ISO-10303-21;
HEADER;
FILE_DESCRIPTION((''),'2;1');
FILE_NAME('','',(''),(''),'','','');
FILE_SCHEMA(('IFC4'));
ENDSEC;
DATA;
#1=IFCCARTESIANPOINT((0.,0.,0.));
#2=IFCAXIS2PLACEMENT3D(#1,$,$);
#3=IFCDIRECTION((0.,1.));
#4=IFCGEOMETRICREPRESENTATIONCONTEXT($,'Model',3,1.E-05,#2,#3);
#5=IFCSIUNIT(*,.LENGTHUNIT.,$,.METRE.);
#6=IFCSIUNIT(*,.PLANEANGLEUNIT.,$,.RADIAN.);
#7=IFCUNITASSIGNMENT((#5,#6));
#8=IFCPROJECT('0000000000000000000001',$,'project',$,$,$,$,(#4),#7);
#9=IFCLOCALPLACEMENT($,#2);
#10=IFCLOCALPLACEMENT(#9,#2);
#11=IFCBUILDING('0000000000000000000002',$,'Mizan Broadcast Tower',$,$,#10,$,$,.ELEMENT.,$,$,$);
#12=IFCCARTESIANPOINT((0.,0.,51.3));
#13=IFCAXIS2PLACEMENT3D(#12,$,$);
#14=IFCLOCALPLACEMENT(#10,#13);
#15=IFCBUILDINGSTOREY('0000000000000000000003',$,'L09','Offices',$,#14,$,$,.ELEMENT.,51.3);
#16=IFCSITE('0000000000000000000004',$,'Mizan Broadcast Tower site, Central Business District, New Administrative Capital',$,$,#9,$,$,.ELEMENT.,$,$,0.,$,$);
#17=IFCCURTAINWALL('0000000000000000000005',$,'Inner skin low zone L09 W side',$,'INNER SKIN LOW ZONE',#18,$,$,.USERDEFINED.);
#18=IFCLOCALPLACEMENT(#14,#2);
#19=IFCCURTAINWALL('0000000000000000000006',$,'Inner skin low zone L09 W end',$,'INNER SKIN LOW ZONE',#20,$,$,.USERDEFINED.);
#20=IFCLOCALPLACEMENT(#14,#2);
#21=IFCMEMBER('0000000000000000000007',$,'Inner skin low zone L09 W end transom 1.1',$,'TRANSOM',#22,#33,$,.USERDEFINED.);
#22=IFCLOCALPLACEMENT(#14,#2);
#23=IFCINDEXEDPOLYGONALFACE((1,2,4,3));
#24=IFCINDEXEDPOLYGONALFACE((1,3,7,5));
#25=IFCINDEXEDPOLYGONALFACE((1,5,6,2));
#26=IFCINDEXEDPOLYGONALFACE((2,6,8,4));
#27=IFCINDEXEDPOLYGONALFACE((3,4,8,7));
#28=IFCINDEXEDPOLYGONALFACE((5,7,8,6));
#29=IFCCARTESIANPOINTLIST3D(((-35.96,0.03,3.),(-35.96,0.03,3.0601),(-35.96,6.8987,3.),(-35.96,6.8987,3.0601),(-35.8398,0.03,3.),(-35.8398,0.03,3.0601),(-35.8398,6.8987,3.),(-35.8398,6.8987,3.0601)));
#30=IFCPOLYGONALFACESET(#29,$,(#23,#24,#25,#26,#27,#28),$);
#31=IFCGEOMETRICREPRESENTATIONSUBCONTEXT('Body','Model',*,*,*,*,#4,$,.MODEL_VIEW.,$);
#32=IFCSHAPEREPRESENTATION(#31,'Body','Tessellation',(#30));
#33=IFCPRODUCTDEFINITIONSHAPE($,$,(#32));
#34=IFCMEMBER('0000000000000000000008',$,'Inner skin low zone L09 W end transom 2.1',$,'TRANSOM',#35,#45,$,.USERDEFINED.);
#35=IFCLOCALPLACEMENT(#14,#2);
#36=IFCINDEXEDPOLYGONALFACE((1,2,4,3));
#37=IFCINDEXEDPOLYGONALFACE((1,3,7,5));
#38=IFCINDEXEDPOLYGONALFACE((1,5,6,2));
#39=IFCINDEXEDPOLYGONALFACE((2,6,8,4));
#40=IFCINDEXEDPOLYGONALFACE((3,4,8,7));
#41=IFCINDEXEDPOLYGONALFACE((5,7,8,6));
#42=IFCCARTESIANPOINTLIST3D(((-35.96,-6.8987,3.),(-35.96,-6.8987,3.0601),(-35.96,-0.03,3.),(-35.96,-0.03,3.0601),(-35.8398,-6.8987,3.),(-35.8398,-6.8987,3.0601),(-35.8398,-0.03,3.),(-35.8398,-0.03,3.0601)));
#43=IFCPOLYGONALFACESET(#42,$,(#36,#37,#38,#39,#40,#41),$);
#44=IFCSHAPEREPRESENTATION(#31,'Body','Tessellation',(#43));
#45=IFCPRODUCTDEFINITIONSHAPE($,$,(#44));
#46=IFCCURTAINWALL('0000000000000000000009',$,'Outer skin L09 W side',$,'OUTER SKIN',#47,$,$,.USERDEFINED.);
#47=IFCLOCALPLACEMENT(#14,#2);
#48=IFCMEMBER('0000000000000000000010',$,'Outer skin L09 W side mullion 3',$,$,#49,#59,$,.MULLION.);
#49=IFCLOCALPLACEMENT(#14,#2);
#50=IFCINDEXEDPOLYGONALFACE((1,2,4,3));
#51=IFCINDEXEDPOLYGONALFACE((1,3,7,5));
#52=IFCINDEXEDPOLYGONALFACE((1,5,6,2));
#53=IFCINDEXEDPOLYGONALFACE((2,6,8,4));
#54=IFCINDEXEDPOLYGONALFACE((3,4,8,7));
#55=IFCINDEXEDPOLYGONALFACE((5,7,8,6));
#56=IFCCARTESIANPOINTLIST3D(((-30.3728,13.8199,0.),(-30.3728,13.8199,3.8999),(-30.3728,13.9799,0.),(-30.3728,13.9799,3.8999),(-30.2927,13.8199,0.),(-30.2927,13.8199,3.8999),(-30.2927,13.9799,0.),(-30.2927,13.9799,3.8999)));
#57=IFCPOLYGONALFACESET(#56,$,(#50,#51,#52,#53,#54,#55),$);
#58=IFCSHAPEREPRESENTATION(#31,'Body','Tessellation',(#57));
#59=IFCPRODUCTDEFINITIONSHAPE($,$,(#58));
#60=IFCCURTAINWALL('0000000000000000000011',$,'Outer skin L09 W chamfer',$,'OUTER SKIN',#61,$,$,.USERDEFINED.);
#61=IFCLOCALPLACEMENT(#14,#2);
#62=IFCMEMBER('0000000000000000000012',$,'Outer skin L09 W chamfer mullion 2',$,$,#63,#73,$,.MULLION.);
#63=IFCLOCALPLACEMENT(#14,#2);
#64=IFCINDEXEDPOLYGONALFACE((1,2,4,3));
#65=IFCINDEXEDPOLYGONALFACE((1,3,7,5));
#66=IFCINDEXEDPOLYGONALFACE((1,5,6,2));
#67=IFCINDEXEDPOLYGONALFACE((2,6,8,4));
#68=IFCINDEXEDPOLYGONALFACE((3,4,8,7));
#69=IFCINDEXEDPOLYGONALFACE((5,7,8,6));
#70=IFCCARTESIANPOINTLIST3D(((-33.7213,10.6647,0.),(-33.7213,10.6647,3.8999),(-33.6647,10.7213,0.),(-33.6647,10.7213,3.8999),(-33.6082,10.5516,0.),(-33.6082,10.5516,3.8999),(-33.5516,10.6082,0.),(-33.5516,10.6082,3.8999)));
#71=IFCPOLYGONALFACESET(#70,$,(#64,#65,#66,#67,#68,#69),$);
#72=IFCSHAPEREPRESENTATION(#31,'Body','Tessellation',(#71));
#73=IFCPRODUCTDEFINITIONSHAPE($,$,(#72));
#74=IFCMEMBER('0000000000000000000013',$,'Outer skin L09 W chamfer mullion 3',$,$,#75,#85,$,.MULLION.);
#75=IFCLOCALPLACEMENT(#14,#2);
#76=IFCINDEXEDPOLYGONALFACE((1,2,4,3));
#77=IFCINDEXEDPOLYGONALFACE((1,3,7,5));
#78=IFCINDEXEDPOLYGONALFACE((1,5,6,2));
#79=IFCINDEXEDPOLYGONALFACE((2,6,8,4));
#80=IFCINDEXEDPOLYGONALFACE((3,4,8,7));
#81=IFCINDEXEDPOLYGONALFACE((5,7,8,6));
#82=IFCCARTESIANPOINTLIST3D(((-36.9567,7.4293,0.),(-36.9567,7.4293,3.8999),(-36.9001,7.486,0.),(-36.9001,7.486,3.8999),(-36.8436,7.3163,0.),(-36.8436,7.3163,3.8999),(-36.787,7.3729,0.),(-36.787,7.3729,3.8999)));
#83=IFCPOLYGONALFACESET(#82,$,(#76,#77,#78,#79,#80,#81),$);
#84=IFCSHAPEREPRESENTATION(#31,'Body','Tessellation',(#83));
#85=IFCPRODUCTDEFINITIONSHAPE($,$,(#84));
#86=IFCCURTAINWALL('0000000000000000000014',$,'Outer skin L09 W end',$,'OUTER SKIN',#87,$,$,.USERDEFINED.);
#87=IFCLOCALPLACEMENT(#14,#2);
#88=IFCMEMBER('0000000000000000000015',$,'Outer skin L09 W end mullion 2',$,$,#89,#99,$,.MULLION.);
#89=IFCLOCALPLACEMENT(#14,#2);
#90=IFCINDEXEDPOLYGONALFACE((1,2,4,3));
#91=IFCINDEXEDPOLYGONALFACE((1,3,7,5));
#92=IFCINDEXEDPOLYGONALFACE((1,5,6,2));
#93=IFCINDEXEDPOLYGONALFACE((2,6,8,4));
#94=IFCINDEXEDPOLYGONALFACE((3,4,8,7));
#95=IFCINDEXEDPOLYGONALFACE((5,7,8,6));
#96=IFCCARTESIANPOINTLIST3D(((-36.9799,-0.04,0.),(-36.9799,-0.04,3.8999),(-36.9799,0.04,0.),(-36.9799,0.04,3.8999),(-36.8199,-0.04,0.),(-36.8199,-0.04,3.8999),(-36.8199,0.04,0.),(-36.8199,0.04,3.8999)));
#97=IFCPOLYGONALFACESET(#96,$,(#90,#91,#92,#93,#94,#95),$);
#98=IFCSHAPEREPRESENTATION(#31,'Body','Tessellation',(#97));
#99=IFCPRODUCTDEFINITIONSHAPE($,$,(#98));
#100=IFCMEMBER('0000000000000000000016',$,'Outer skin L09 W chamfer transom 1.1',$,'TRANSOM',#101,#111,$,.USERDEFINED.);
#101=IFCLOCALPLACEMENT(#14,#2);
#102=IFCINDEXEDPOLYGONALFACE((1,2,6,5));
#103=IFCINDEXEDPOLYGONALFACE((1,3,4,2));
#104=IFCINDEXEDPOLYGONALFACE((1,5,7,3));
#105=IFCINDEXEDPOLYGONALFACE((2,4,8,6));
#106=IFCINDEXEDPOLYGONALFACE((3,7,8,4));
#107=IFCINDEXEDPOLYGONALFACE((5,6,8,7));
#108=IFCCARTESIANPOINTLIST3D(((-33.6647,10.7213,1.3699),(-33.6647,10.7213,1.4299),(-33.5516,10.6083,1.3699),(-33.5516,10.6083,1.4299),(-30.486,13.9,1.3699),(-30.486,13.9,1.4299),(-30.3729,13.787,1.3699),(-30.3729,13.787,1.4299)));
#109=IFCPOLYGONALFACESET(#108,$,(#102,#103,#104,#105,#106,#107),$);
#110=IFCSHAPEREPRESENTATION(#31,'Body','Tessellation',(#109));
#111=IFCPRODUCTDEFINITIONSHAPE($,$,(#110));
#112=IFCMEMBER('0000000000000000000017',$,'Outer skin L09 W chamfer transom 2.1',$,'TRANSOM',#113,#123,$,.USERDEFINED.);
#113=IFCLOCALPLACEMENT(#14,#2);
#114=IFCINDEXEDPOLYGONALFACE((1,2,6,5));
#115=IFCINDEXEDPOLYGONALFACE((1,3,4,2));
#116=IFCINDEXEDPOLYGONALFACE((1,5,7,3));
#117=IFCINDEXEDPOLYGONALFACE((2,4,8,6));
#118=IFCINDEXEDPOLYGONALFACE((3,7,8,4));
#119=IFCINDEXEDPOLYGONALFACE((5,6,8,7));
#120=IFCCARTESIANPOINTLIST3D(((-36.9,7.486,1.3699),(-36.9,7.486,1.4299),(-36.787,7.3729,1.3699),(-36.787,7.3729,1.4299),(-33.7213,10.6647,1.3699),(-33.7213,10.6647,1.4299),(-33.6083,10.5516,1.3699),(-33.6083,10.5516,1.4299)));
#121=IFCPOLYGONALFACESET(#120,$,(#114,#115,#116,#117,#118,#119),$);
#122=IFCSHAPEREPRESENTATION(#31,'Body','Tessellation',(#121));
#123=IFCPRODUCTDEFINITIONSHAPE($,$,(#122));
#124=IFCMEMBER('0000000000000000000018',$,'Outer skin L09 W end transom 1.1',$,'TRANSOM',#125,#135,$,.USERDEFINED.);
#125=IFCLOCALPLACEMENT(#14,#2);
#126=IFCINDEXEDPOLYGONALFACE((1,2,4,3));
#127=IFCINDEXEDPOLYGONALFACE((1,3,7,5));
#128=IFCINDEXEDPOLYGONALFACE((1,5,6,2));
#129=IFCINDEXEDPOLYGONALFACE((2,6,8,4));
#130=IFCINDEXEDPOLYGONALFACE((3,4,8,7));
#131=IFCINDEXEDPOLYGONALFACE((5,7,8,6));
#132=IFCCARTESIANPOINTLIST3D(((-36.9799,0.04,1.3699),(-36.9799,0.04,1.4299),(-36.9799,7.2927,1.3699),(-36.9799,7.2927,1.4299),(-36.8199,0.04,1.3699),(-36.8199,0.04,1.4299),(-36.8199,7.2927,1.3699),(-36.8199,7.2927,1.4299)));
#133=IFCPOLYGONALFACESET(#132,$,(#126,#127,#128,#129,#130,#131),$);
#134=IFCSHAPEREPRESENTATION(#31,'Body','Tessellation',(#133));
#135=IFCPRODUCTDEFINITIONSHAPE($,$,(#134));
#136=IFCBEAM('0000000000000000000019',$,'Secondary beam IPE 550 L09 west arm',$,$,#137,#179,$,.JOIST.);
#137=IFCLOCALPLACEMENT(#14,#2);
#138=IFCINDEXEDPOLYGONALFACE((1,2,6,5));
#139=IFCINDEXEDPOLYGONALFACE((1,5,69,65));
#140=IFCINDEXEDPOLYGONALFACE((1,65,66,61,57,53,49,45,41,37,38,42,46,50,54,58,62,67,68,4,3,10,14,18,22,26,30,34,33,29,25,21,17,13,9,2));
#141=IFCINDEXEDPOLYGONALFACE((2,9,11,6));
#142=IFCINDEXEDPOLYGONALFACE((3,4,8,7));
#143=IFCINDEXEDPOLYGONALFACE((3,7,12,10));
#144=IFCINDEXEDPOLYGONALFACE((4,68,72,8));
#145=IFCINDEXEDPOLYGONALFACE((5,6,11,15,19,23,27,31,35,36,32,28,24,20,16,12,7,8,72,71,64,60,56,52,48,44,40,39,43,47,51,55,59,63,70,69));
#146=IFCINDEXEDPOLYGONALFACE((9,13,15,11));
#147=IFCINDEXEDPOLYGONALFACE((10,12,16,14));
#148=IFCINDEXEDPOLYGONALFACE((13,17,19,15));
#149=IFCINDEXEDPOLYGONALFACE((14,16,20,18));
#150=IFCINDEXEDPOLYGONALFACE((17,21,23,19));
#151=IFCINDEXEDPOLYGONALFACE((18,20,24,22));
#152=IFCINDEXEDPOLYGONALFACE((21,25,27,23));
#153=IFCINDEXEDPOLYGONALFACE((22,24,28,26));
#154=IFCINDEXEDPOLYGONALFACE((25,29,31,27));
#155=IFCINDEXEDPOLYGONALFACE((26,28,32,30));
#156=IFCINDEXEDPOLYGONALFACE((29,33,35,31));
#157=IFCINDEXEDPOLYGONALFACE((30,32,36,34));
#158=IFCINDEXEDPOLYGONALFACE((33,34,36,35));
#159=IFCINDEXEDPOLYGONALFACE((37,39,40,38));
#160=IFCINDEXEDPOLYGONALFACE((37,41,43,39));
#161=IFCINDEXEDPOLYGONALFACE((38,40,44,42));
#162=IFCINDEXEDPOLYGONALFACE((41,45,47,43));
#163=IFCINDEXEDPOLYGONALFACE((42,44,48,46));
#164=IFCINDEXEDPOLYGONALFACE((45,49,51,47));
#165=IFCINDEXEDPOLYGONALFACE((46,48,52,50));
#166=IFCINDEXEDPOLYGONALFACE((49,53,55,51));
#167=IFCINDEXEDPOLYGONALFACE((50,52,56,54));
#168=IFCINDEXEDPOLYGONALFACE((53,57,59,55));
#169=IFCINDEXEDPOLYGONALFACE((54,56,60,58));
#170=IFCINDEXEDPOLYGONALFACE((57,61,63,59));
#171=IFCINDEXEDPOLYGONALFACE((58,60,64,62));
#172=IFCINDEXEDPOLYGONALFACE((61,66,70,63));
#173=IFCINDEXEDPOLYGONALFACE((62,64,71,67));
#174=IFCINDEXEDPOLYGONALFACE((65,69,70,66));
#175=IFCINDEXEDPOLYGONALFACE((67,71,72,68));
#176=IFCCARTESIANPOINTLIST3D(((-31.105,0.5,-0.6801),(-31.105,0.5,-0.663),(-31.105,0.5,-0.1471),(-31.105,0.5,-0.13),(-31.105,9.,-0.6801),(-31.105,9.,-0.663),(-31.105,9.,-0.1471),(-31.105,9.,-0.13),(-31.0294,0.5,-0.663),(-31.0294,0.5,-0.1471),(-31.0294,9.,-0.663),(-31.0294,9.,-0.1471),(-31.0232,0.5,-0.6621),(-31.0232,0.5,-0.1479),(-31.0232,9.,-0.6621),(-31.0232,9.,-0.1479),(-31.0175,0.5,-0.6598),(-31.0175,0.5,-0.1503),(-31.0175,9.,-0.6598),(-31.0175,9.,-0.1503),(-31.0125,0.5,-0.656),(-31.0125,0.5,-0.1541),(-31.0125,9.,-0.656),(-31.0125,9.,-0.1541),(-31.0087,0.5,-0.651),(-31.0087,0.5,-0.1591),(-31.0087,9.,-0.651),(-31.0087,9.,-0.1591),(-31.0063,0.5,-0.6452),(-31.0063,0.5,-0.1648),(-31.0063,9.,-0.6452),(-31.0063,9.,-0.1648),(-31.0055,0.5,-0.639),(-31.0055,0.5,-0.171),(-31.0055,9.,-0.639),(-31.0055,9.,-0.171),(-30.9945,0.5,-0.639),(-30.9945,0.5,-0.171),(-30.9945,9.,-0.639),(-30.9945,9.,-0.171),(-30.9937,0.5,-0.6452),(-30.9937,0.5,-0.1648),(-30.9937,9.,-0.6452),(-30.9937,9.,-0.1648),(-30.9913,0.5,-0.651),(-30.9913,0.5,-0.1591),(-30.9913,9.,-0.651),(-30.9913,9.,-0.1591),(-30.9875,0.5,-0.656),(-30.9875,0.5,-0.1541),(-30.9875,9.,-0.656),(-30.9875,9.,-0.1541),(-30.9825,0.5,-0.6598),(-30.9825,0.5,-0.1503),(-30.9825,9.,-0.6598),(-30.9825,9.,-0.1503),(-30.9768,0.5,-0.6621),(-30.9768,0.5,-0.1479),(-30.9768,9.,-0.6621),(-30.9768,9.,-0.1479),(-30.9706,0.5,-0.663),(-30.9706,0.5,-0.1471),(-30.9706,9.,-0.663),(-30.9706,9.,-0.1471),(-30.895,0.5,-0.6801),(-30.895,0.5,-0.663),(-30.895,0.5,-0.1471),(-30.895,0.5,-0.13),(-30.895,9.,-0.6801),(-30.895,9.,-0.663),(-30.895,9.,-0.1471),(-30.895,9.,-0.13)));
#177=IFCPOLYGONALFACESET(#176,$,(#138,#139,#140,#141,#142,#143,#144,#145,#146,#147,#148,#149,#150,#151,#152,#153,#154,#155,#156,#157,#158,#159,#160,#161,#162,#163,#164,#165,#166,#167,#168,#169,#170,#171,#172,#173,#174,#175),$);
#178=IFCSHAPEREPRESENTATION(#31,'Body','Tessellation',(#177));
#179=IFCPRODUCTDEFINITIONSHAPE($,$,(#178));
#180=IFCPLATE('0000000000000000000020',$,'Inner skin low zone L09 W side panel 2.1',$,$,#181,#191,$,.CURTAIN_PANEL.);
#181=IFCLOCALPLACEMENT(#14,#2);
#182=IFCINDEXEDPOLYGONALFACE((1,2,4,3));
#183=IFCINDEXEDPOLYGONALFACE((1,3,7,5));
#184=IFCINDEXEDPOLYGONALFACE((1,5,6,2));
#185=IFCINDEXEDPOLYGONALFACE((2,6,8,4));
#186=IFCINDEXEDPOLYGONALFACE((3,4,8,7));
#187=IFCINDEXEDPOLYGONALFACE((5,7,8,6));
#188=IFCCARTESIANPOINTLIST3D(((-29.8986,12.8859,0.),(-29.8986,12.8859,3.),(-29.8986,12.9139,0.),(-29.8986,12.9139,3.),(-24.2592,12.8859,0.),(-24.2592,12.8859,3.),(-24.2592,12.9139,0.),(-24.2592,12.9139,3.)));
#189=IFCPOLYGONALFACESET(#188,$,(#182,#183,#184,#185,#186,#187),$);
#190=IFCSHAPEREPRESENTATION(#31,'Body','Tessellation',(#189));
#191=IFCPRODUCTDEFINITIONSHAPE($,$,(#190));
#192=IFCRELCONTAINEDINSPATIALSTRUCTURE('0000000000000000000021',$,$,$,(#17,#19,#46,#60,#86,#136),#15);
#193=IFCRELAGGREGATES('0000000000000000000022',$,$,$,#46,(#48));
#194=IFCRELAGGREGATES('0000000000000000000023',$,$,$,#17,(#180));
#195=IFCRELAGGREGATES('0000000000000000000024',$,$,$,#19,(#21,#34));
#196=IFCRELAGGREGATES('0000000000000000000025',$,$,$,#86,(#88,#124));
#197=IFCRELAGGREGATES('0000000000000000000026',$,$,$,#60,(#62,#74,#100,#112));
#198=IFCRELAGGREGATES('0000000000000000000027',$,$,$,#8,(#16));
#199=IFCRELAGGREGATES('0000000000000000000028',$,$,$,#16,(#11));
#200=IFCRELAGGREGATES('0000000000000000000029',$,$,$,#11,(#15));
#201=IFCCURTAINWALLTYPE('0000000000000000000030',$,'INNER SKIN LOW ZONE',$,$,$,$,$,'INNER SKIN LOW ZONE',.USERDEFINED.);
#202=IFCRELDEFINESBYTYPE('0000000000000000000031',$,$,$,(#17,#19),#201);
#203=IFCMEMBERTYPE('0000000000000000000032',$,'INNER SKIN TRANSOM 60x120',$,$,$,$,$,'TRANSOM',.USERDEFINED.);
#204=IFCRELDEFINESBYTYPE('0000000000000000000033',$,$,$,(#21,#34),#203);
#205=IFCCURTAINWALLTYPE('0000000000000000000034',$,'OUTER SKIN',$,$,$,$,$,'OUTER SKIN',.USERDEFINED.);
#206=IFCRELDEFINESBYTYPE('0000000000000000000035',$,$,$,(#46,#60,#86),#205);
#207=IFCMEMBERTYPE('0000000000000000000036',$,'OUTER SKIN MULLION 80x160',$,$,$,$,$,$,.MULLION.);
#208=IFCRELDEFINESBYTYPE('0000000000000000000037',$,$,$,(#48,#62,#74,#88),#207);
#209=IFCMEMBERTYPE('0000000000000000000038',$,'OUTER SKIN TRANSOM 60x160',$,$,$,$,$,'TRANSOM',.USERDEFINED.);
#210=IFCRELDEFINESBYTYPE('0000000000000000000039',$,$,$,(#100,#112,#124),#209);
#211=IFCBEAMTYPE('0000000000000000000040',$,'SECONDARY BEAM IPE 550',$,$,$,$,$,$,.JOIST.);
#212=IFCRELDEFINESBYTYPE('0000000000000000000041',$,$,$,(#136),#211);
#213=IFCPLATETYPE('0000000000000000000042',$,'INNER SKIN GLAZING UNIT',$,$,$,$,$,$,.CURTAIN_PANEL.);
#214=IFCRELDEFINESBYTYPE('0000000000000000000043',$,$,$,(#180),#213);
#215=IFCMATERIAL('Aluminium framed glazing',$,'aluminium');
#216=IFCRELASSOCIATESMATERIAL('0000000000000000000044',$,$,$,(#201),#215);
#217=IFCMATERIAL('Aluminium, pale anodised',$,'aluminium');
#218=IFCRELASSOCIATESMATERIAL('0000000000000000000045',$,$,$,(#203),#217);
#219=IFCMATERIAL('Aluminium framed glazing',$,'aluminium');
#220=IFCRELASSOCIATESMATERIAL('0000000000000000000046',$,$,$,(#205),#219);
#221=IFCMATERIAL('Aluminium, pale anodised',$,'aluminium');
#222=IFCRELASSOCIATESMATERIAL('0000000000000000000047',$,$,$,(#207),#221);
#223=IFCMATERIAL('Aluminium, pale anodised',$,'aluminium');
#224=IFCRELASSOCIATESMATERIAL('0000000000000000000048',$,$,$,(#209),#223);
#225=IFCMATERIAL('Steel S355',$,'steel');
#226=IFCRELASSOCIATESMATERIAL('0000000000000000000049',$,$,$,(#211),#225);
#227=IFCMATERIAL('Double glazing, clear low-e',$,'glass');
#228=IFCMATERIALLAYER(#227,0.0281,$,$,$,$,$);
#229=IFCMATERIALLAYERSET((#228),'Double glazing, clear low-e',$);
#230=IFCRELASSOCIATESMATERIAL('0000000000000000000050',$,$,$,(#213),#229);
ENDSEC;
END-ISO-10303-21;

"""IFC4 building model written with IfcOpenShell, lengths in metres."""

from ifc_helpers import new_model, si_unit, direction, frame, origin, origin_2d, place, context, subcontext, project, spatial, rectangle, i_section, extrude, material, layer, layer_set, material_profile, profile_set, type_object, element, aggregate, save


model = new_model("IFC4")

# Units and contexts
model_context = context("Model", 3, precision=1e-05, world=origin(), true_north=direction((0.0, 1.0)))
body_context = subcontext(model_context, "Body", "Model", "MODEL_VIEW")
ifc_project = project(units=[si_unit("LENGTHUNIT", "METRE"), si_unit("PLANEANGLEUNIT", "RADIAN")], contexts=[model_context])

# Site, building, storey
site_placement = place(None, origin())
site = spatial("IfcSite", under=ifc_project, at=site_placement, Name="Mizan Broadcast Tower site, Central Business District, New Administrative Capital", CompositionType="ELEMENT", RefElevation=0.0)
building_placement = place(site_placement, origin())
building = spatial("IfcBuilding", under=site, at=building_placement, Name="Mizan Broadcast Tower", CompositionType="ELEMENT")
storey_placement = place(building_placement, frame((0.0, 0.0, 51.3)))
storey = spatial("IfcBuildingStorey", under=building, at=storey_placement, Name="L09", Description="Offices", CompositionType="ELEMENT", Elevation=51.3)

# Curtain walls
ifc_material_1 = material(Name="Aluminium framed glazing", Category="aluminium")
curtain_wall_type_1 = type_object("IfcCurtainWallType", Name="INNER SKIN LOW ZONE", ElementType="INNER SKIN LOW ZONE", PredefinedType="USERDEFINED", material=ifc_material_1)
curtain_wall_1_placement = place(storey_placement, origin())
curtain_wall_1 = element("IfcCurtainWall", 1, at=curtain_wall_1_placement, inside=storey, type_object=curtain_wall_type_1, Name="Inner skin low zone L09 W side", ObjectType="INNER SKIN LOW ZONE", PredefinedType="USERDEFINED")
curtain_wall_2_placement = place(storey_placement, origin())
curtain_wall_2 = element("IfcCurtainWall", 2, at=curtain_wall_2_placement, inside=storey, type_object=curtain_wall_type_1, Name="Inner skin low zone L09 W end", ObjectType="INNER SKIN LOW ZONE", PredefinedType="USERDEFINED")

# Members
ifc_material_2 = material(Name="Aluminium, pale anodised", Category="aluminium")
ifc_material_profile_1 = material_profile(ifc_material_2, rectangle(XDim=0.1201, YDim=0.0601, at=origin_2d()), Name="TRANSOM 120x60")
ifc_profile_set_1 = profile_set([ifc_material_profile_1], Name="Aluminium, pale anodised")
member_type_1 = type_object("IfcMemberType", Name="INNER SKIN TRANSOM 60x120", ElementType="TRANSOM", PredefinedType="USERDEFINED", material=ifc_profile_set_1)
member_1_placement = place(storey_placement, frame((-35.8999, 6.8987, 3.03), z_axis=(0.0, -1.0, 0.0), x_axis=(1.0, 0.0, 0.0)))
member_1 = element("IfcMember", 3, at=member_1_placement, type_object=member_type_1, Name="Inner skin low zone L09 W end transom 1.1", ObjectType="TRANSOM", PredefinedType="USERDEFINED", context=body_context, shape_type="SweptSolid", body=[
    extrude(rectangle(XDim=0.1201, YDim=0.0601, at=origin_2d()), origin(), (0.0, 0.0, 1.0), 6.8687),
])
member_2_placement = place(storey_placement, frame((-35.8999, -0.03, 3.03), z_axis=(0.0, -1.0, 0.0), x_axis=(1.0, 0.0, 0.0)))
member_2 = element("IfcMember", 4, at=member_2_placement, type_object=member_type_1, Name="Inner skin low zone L09 W end transom 2.1", ObjectType="TRANSOM", PredefinedType="USERDEFINED", context=body_context, shape_type="SweptSolid", body=[
    extrude(rectangle(XDim=0.1201, YDim=0.0601, at=origin_2d()), origin(), (0.0, 0.0, 1.0), 6.8687),
])

# Curtain wall, member
ifc_material_3 = material(Name="Aluminium framed glazing", Category="aluminium")
curtain_wall_type_2 = type_object("IfcCurtainWallType", Name="OUTER SKIN", ElementType="OUTER SKIN", PredefinedType="USERDEFINED", material=ifc_material_3)
curtain_wall_3_placement = place(storey_placement, origin())
curtain_wall_3 = element("IfcCurtainWall", 5, at=curtain_wall_3_placement, inside=storey, type_object=curtain_wall_type_2, Name="Outer skin L09 W side", ObjectType="OUTER SKIN", PredefinedType="USERDEFINED")
ifc_material_4 = material(Name="Aluminium, pale anodised", Category="aluminium")
ifc_material_profile_2 = material_profile(ifc_material_4, rectangle(XDim=0.1599, YDim=0.0801, at=origin_2d()), Name="MULLION 160x80")
ifc_profile_set_2 = profile_set([ifc_material_profile_2], Name="Aluminium, pale anodised")
member_type_2 = type_object("IfcMemberType", Name="OUTER SKIN MULLION 80x160", PredefinedType="MULLION", material=ifc_profile_set_2)
member_3_placement = place(storey_placement, frame((-30.3328, 13.8999, 0.0), z_axis=(0.0, 0.0, 1.0), x_axis=(0.0, -1.0, 0.0)))
member_3 = element("IfcMember", 6, at=member_3_placement, type_object=member_type_2, Name="Outer skin L09 W side mullion 3", PredefinedType="MULLION", context=body_context, shape_type="SweptSolid", body=[
    extrude(rectangle(XDim=0.1599, YDim=0.0801, at=origin_2d()), origin(), (0.0, 0.0, 1.0), 3.8999),
])
aggregate(curtain_wall_3, [member_3])

# Curtain wall, members
curtain_wall_4_placement = place(storey_placement, origin())
curtain_wall_4 = element("IfcCurtainWall", 7, at=curtain_wall_4_placement, inside=storey, type_object=curtain_wall_type_2, Name="Outer skin L09 W chamfer", ObjectType="OUTER SKIN", PredefinedType="USERDEFINED")
member_4_placement = place(storey_placement, frame((-33.6365, 10.6365, 0.0), z_axis=(0.0, 0.0, 1.0), x_axis=(0.707107, -0.707107, 0.0)))
member_4 = element("IfcMember", 8, at=member_4_placement, type_object=member_type_2, Name="Outer skin L09 W chamfer mullion 2", PredefinedType="MULLION", context=body_context, shape_type="SweptSolid", body=[
    extrude(rectangle(XDim=0.1599, YDim=0.0801, at=origin_2d()), origin(), (0.0, 0.0, 1.0), 3.8999),
])
member_5_placement = place(storey_placement, frame((-36.8718, 7.4011, 0.0), z_axis=(0.0, 0.0, 1.0), x_axis=(0.707107, -0.707107, 0.0)))
member_5 = element("IfcMember", 9, at=member_5_placement, type_object=member_type_2, Name="Outer skin L09 W chamfer mullion 3", PredefinedType="MULLION", context=body_context, shape_type="SweptSolid", body=[
    extrude(rectangle(XDim=0.1599, YDim=0.0801, at=origin_2d()), origin(), (0.0, 0.0, 1.0), 3.8999),
])

# Curtain wall, member
curtain_wall_5_placement = place(storey_placement, origin())
curtain_wall_5 = element("IfcCurtainWall", 10, at=curtain_wall_5_placement, inside=storey, type_object=curtain_wall_type_2, Name="Outer skin L09 W end", ObjectType="OUTER SKIN", PredefinedType="USERDEFINED")
member_6_placement = place(storey_placement, frame((-36.8999, 0.0, 0.0), z_axis=(0.0, 0.0, 1.0), x_axis=(1.0, 0.0, 0.0)))
member_6 = element("IfcMember", 11, at=member_6_placement, type_object=member_type_2, Name="Outer skin L09 W end mullion 2", PredefinedType="MULLION", context=body_context, shape_type="SweptSolid", body=[
    extrude(rectangle(XDim=0.1599, YDim=0.0801, at=origin_2d()), origin(), (0.0, 0.0, 1.0), 3.8999),
])

# Members
ifc_material_5 = material(Name="Aluminium, pale anodised", Category="aluminium")
ifc_material_profile_3 = material_profile(ifc_material_5, rectangle(XDim=0.1599, YDim=0.0601, at=origin_2d()), Name="TRANSOM 160x60")
ifc_profile_set_3 = profile_set([ifc_material_profile_3], Name="Aluminium, pale anodised")
member_type_3 = type_object("IfcMemberType", Name="OUTER SKIN TRANSOM 60x160", ElementType="TRANSOM", PredefinedType="USERDEFINED", material=ifc_profile_set_3)
member_7_placement = place(storey_placement, frame((-30.4294, 13.8435, 1.3999), z_axis=(-0.707107, -0.707107, 0.0), x_axis=(0.707107, -0.707107, 0.0)))
member_7 = element("IfcMember", 12, at=member_7_placement, type_object=member_type_3, Name="Outer skin L09 W chamfer transom 1.1", ObjectType="TRANSOM", PredefinedType="USERDEFINED", context=body_context, shape_type="SweptSolid", body=[
    extrude(rectangle(XDim=0.1599, YDim=0.0601, at=origin_2d()), origin(), (0.0, 0.0, 1.0), 4.4954),
])
member_8_placement = place(storey_placement, frame((-33.6648, 10.6082, 1.3999), z_axis=(-0.707107, -0.707107, 0.0), x_axis=(0.707107, -0.707107, 0.0)))
member_8 = element("IfcMember", 13, at=member_8_placement, type_object=member_type_3, Name="Outer skin L09 W chamfer transom 2.1", ObjectType="TRANSOM", PredefinedType="USERDEFINED", context=body_context, shape_type="SweptSolid", body=[
    extrude(rectangle(XDim=0.1599, YDim=0.0601, at=origin_2d()), origin(), (0.0, 0.0, 1.0), 4.4954),
])
member_9_placement = place(storey_placement, frame((-36.8999, 7.2927, 1.3999), z_axis=(0.0, -1.0, 0.0), x_axis=(1.0, 0.0, 0.0)))
member_9 = element("IfcMember", 14, at=member_9_placement, type_object=member_type_3, Name="Outer skin L09 W end transom 1.1", ObjectType="TRANSOM", PredefinedType="USERDEFINED", context=body_context, shape_type="SweptSolid", body=[
    extrude(rectangle(XDim=0.1599, YDim=0.0601, at=origin_2d()), origin(), (0.0, 0.0, 1.0), 7.2527),
])

# Beam
ifc_material_6 = material(Name="Steel S355", Category="steel")
ifc_material_profile_4 = material_profile(ifc_material_6, i_section(OverallWidth=0.21, OverallDepth=0.55, WebThickness=0.011, FlangeThickness=0.0171, FilletRadius=0.0239, at=origin_2d()), Name="IPE 550")
ifc_profile_set_4 = profile_set([ifc_material_profile_4], Name="Steel S355")
beam_type_1 = type_object("IfcBeamType", Name="SECONDARY BEAM IPE 550", PredefinedType="JOIST", material=ifc_profile_set_4)
beam_1_placement = place(storey_placement, frame((-31.0, 9.0, -0.405), z_axis=(0.0, -1.0, 0.0), x_axis=(1.0, 0.0, 0.0)))
element("IfcBeam", 15, at=beam_1_placement, inside=storey, type_object=beam_type_1, Name="Secondary beam IPE 550 L09 west arm", PredefinedType="JOIST", context=body_context, shape_type="SweptSolid", body=[
    extrude(i_section(OverallWidth=0.21, OverallDepth=0.55, WebThickness=0.011, FlangeThickness=0.0171, FilletRadius=0.0239, at=origin_2d()), origin(), (0.0, 0.0, 1.0), 8.5),
])

# Plate
ifc_material_7 = material(Name="Double glazing, clear low-e", Category="glass")
ifc_layer_1 = layer(ifc_material_7, 0.0281)
ifc_layer_set_1 = layer_set([ifc_layer_1], Name="Double glazing, clear low-e")
plate_type_1 = type_object("IfcPlateType", Name="INNER SKIN GLAZING UNIT", PredefinedType="CURTAIN_PANEL", material=ifc_layer_set_1)
plate_1_placement = place(storey_placement, frame((-27.0789, 12.8999, 0.0), z_axis=(0.0, 0.0, 1.0), x_axis=(-1.0, 0.0, 0.0)))
plate_1 = element("IfcPlate", 16, at=plate_1_placement, type_object=plate_type_1, Name="Inner skin low zone L09 W side panel 2.1", PredefinedType="CURTAIN_PANEL", context=body_context, shape_type="SweptSolid", body=[
    extrude(rectangle(XDim=5.6394, YDim=0.0281, at=origin_2d()), origin(), (0.0, 0.0, 1.0), 3.0),
])
aggregate(curtain_wall_1, [plate_1])
aggregate(curtain_wall_2, [member_1, member_2])
aggregate(curtain_wall_5, [member_6, member_9])
aggregate(curtain_wall_4, [member_4, member_5, member_7, member_8])

save(model, "model.ifc")
